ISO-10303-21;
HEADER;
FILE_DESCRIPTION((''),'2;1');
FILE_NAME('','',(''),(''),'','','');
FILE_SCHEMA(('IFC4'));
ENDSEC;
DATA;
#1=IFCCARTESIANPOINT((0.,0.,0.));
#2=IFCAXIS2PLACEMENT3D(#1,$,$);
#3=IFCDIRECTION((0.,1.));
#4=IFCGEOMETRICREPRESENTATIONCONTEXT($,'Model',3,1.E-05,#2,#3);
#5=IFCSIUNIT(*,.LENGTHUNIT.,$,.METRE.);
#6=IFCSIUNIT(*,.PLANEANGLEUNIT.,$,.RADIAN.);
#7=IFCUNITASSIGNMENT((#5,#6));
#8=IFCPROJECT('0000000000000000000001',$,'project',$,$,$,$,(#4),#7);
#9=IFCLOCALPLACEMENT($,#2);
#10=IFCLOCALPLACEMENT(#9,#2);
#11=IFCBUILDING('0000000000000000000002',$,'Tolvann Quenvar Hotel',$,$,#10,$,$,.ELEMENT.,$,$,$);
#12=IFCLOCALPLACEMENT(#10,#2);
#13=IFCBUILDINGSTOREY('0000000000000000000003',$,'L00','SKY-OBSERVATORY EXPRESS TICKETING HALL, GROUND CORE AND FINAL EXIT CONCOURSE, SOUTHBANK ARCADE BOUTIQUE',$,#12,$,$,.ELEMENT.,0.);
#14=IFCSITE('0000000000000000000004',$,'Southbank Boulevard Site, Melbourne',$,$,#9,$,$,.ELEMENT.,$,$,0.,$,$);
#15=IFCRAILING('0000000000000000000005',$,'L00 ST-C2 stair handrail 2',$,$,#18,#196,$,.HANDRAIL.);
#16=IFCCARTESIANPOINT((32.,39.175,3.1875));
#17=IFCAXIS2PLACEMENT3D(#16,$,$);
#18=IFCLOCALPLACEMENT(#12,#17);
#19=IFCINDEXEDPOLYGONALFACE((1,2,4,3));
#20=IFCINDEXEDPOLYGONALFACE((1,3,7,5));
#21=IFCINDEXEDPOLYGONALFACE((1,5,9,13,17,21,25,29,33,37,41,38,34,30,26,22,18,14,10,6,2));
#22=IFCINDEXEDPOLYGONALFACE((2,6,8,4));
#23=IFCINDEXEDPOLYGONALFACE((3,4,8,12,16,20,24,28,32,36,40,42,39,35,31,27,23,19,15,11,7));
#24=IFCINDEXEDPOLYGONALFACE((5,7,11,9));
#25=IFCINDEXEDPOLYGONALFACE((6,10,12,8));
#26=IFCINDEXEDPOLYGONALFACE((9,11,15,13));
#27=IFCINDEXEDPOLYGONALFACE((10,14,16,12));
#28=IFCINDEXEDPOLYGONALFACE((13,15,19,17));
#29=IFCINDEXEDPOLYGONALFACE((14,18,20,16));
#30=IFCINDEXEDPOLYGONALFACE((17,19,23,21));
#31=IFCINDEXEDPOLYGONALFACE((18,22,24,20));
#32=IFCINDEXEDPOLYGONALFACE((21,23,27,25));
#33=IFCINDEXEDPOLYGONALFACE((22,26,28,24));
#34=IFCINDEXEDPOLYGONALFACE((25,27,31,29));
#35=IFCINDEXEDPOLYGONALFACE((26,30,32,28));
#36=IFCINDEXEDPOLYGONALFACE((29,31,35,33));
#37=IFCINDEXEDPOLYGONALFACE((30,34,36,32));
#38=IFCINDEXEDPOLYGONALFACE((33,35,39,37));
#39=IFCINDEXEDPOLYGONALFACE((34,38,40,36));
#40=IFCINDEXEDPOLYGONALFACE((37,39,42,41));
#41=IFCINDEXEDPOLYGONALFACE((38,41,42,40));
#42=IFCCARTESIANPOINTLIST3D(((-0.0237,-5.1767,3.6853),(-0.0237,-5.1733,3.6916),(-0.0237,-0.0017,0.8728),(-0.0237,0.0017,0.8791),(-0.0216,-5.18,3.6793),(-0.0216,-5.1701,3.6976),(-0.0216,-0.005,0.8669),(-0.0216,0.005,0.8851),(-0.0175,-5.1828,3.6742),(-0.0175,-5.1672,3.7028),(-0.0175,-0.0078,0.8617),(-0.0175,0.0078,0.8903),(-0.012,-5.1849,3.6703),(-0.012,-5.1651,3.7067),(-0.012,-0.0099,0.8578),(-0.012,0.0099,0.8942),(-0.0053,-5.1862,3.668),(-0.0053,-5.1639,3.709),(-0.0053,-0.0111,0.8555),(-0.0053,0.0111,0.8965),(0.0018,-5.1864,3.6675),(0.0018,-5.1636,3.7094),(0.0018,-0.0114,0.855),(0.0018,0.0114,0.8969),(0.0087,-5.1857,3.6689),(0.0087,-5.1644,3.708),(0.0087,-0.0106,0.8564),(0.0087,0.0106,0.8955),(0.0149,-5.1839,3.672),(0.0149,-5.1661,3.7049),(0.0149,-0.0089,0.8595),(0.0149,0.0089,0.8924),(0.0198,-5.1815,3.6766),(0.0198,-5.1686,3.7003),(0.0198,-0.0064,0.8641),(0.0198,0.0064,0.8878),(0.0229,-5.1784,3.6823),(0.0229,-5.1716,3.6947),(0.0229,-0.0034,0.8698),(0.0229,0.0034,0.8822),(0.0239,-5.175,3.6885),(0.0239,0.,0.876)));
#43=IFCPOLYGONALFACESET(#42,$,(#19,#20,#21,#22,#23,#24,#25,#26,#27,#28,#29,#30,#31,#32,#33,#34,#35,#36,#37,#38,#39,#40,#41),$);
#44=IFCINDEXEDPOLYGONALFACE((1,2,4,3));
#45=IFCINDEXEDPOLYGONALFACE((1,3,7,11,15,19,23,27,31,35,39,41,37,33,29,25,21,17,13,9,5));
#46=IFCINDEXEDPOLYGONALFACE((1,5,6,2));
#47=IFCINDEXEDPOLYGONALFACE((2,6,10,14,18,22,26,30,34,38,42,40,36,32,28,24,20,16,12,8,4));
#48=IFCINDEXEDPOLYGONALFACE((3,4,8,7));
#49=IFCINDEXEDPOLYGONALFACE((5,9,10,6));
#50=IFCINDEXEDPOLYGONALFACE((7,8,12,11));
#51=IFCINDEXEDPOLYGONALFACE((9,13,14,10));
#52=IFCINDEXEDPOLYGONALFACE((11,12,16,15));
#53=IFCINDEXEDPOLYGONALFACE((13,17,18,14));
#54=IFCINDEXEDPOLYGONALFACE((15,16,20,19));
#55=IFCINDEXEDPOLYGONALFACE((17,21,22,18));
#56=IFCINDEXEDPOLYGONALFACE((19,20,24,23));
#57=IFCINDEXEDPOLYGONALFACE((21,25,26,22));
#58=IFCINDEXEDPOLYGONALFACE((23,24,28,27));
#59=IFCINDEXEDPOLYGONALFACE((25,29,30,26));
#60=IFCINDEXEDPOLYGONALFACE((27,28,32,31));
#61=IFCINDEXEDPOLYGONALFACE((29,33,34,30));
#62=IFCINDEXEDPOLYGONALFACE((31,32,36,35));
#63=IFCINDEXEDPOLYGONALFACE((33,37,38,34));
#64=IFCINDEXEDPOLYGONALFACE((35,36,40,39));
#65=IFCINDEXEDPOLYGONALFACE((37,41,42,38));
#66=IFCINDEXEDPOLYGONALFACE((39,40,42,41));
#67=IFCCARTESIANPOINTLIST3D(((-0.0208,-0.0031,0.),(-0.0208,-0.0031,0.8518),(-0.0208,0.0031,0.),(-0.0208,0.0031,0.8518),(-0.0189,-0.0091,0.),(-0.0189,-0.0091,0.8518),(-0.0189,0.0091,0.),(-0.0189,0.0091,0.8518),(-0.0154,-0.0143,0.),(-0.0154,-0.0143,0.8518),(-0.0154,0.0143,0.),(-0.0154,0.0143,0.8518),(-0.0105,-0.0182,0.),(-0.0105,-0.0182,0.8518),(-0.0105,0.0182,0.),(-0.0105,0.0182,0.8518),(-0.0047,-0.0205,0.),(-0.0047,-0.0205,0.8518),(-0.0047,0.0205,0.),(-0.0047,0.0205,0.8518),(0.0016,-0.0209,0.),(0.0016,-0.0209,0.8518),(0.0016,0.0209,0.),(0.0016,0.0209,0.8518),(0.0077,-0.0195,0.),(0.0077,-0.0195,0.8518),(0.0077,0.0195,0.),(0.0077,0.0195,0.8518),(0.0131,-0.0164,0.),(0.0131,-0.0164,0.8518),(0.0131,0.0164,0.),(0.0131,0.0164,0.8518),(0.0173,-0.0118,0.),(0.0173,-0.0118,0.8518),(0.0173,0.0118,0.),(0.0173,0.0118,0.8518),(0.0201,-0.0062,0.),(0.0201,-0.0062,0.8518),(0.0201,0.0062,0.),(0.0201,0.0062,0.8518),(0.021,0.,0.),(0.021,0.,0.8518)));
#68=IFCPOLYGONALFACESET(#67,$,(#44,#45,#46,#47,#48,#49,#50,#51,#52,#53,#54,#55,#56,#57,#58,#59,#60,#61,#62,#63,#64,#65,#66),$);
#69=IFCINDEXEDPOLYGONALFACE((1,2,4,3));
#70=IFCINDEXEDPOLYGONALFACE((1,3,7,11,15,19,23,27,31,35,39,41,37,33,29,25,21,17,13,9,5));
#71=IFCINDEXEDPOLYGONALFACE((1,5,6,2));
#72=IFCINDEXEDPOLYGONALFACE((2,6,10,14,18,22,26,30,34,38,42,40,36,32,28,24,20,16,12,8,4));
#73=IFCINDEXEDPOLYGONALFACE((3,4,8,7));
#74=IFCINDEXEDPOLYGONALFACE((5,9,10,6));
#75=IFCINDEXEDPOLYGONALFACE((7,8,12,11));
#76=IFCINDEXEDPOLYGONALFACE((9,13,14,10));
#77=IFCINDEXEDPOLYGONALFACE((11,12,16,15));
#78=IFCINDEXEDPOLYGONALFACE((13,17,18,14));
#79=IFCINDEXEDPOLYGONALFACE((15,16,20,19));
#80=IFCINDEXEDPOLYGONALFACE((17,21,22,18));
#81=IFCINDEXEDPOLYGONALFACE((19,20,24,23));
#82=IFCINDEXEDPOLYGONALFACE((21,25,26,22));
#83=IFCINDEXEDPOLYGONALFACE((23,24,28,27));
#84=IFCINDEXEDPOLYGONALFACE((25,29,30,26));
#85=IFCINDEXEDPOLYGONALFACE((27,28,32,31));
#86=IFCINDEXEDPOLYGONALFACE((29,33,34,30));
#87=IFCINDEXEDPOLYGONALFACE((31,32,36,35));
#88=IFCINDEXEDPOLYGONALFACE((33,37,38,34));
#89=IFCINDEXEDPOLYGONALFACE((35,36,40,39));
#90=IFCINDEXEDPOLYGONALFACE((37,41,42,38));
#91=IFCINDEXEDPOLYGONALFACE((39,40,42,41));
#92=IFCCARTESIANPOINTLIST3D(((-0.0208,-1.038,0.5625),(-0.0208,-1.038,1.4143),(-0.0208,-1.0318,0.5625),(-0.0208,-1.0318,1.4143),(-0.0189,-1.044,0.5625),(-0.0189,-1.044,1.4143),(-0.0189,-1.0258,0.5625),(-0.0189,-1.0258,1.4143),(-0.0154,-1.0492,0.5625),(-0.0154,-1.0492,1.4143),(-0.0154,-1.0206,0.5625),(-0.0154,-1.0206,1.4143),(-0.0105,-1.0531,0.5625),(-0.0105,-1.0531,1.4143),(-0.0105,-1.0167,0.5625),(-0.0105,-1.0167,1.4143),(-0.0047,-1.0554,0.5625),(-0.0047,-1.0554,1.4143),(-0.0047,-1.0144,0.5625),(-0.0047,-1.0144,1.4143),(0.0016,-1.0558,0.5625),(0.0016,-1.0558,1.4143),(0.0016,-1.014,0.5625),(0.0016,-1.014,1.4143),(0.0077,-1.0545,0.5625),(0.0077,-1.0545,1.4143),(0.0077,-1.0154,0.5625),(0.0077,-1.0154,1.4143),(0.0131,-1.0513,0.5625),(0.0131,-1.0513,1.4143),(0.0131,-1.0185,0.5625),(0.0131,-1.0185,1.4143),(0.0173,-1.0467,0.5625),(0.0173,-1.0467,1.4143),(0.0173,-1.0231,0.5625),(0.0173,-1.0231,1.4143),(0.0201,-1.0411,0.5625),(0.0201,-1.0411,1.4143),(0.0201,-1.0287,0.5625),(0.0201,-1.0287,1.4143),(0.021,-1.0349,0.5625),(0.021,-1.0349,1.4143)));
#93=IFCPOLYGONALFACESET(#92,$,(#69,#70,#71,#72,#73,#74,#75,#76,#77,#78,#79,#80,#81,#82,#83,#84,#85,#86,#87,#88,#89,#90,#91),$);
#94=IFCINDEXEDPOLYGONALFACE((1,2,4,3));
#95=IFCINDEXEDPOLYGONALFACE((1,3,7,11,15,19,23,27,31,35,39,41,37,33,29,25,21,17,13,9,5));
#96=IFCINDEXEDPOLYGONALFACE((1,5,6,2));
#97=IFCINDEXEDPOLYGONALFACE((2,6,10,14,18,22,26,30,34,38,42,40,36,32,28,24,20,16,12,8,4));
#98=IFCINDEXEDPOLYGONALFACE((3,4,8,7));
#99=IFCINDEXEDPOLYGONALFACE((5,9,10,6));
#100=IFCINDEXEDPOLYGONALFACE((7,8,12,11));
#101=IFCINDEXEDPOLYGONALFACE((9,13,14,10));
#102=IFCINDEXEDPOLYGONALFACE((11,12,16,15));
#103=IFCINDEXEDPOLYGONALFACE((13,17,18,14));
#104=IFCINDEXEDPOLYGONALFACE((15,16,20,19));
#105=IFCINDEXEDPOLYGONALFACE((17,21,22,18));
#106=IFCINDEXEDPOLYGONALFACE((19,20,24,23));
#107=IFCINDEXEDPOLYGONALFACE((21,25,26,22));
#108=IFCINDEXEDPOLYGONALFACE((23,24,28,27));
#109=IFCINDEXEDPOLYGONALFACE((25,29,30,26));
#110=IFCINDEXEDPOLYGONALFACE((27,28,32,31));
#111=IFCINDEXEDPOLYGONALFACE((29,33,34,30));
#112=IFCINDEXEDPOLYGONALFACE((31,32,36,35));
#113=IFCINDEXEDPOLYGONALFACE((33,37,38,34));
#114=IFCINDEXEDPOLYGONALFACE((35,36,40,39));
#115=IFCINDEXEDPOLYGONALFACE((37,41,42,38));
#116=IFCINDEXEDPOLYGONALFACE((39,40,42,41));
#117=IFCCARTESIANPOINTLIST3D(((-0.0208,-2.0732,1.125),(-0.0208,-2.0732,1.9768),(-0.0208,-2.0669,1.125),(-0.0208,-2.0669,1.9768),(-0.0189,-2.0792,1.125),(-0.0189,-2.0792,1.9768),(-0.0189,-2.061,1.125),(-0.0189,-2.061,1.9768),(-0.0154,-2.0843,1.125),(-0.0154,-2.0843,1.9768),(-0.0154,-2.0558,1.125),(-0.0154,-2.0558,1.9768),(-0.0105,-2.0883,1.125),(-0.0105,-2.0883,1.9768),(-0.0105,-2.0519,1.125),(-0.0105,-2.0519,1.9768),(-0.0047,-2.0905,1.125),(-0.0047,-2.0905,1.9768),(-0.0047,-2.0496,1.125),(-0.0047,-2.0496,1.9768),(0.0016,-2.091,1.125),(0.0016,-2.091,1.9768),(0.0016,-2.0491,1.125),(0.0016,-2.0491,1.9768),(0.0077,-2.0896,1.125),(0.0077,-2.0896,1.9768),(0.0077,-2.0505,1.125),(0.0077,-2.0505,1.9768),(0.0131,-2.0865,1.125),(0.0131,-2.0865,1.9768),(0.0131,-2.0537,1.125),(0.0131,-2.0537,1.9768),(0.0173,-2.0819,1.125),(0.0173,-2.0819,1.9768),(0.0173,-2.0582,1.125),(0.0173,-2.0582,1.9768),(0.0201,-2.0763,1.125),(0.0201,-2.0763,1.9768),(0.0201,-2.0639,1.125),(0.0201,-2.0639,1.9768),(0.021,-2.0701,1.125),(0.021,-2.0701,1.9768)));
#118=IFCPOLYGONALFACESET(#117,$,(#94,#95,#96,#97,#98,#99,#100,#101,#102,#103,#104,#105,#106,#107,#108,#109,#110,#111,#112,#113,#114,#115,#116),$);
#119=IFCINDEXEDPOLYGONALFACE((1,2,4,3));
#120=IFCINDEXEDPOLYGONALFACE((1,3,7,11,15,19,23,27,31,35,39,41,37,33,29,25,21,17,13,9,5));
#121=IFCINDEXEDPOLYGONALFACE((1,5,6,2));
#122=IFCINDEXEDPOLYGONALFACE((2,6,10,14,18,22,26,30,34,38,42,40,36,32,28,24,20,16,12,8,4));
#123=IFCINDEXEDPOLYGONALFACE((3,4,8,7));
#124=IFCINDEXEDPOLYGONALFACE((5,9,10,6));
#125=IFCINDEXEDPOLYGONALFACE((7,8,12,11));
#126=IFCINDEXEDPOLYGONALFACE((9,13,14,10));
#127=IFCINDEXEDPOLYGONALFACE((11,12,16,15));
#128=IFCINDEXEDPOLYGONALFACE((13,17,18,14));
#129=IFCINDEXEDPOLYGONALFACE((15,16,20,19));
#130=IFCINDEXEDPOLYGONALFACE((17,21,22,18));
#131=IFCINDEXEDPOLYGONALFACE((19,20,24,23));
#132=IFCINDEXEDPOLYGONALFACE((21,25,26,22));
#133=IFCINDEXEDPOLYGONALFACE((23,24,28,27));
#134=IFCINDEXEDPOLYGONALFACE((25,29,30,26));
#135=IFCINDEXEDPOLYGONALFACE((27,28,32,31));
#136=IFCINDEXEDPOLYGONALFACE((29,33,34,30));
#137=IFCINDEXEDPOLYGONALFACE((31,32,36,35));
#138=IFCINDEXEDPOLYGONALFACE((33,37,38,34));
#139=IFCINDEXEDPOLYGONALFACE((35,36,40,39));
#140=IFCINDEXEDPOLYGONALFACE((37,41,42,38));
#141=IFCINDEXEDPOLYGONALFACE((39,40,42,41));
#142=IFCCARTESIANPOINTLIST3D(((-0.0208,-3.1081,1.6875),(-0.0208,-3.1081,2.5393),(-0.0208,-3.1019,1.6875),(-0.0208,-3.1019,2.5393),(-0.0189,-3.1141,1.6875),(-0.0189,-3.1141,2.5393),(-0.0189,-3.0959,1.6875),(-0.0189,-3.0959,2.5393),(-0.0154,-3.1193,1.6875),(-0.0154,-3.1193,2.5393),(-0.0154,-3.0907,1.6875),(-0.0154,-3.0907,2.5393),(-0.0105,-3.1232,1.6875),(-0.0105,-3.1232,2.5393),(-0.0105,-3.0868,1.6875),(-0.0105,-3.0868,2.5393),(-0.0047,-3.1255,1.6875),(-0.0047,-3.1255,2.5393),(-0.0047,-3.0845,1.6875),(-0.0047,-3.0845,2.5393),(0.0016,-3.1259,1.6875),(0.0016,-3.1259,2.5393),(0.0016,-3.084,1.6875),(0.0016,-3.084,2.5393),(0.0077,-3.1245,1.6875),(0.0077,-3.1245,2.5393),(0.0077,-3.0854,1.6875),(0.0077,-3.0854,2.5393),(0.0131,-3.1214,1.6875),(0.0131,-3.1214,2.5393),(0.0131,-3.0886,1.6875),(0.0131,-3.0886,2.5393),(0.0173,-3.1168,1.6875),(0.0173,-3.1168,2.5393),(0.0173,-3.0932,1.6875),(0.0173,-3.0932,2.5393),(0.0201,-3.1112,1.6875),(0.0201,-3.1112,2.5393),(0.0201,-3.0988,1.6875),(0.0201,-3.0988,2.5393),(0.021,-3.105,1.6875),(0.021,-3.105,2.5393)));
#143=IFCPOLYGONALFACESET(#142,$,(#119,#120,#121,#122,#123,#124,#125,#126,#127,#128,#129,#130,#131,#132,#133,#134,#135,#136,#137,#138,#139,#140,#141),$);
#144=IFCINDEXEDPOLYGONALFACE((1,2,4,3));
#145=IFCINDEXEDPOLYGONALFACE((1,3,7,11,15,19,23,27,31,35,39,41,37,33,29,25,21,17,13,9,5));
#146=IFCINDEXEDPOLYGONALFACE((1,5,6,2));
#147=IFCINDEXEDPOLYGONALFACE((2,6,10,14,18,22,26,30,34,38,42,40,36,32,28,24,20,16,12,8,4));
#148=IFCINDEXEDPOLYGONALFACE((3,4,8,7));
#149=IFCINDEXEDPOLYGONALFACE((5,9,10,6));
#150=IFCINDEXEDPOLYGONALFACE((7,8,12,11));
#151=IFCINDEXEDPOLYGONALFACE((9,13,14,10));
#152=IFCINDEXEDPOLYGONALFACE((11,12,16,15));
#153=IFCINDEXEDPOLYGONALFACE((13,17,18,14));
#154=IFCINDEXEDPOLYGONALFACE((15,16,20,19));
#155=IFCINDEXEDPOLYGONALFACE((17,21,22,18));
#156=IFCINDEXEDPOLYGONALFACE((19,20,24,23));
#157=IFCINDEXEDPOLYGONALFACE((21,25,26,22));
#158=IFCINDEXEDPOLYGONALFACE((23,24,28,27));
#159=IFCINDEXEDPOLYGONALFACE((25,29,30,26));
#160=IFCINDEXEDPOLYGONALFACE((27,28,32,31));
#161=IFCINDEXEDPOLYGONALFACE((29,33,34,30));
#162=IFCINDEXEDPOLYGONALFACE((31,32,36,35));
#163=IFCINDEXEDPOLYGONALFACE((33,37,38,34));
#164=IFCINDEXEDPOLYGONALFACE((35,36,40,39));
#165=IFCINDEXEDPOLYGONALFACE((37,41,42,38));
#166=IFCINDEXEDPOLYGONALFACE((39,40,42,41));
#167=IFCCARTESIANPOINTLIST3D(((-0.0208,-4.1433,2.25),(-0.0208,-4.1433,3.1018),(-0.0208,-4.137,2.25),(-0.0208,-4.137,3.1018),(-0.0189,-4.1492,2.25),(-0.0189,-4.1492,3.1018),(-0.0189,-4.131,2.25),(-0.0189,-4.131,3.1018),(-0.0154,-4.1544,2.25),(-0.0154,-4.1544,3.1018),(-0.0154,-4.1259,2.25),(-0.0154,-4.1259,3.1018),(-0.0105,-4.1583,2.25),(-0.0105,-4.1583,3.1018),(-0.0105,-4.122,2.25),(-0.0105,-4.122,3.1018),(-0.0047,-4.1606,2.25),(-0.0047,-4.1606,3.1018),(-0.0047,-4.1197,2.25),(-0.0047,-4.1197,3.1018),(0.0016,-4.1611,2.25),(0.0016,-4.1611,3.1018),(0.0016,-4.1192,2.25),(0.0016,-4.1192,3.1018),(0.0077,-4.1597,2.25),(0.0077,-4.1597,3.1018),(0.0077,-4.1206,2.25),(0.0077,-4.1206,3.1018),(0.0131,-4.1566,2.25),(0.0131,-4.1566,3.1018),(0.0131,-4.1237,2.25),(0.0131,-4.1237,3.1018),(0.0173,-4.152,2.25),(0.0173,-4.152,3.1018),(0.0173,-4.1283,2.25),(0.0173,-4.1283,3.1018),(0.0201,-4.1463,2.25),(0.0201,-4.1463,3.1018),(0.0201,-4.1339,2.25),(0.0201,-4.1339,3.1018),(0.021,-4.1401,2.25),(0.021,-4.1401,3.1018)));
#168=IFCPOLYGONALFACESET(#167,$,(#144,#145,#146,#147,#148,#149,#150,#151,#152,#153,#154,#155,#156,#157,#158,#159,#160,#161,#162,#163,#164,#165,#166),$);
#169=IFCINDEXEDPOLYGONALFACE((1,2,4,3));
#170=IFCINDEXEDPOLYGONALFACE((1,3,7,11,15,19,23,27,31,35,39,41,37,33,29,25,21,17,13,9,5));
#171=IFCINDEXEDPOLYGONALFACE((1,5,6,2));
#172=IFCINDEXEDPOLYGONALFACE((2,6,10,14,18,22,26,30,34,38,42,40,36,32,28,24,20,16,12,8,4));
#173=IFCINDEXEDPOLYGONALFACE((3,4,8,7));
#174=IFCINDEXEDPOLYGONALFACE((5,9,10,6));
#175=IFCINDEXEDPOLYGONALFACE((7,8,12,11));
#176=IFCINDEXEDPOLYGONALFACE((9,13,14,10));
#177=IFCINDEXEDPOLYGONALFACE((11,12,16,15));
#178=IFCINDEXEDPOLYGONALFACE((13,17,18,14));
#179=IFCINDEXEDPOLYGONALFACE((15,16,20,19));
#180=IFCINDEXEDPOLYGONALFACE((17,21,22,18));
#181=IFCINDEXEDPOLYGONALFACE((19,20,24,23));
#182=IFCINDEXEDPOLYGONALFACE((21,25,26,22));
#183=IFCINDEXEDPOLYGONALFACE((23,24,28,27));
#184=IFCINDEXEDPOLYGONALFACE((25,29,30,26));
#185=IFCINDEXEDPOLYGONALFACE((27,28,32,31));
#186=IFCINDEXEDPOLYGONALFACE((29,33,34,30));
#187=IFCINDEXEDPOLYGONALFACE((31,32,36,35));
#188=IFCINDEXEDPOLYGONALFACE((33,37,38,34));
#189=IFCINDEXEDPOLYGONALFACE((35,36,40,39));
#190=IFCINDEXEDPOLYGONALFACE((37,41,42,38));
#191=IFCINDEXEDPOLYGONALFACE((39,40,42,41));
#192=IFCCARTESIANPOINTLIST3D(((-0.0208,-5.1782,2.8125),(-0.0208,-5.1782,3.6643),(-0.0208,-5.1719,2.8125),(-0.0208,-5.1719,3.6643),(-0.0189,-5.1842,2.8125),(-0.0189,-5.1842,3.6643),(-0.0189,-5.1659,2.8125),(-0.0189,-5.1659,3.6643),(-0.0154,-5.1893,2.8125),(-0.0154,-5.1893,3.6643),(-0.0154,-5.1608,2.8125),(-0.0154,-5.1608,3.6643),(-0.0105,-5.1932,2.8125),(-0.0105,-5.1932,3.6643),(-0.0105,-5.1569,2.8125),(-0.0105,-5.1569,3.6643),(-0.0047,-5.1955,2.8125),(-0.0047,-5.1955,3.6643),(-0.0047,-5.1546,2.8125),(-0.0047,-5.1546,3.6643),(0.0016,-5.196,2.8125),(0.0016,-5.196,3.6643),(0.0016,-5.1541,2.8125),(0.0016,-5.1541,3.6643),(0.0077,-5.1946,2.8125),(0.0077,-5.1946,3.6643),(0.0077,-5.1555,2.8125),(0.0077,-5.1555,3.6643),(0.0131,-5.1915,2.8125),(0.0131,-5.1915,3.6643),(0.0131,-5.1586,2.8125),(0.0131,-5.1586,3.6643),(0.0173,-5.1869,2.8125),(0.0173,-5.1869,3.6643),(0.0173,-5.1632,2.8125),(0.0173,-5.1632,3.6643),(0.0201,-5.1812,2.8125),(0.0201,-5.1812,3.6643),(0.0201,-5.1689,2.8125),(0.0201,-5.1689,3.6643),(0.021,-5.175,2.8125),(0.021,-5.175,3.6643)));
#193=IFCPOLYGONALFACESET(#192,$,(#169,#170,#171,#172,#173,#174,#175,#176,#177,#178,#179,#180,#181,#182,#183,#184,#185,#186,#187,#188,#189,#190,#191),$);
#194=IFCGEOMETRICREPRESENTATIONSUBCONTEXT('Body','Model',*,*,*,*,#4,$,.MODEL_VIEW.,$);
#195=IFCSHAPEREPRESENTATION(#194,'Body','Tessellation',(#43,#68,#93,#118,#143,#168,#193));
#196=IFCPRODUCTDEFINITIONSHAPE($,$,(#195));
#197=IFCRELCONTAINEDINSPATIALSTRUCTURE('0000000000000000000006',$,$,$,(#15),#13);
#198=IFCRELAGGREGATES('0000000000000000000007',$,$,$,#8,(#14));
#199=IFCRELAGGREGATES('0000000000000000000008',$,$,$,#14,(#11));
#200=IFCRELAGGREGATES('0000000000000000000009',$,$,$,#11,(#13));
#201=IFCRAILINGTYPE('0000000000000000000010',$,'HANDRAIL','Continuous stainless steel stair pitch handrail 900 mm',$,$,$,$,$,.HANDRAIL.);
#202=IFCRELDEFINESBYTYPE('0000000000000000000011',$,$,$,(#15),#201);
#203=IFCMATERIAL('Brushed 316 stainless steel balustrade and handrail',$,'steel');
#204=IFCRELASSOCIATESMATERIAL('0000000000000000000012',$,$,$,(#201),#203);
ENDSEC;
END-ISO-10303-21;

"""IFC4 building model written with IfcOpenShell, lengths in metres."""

from ifc_helpers import new_model, si_unit, direction, frame, origin, origin_2d, place, context, subcontext, project, spatial, circle, extrude, material, type_object, element, save


model = new_model("IFC4")

# Units and contexts
model_context = context("Model", 3, precision=1e-05, world=origin(), true_north=direction((0.0, 1.0)))
body_context = subcontext(model_context, "Body", "Model", "MODEL_VIEW")
ifc_project = project(units=[si_unit("LENGTHUNIT", "METRE"), si_unit("PLANEANGLEUNIT", "RADIAN")], contexts=[model_context])

# Site, building, storey
site_placement = place(None, origin())
site = spatial("IfcSite", under=ifc_project, at=site_placement, Name="Southbank Boulevard Site, Melbourne", CompositionType="ELEMENT", RefElevation=0.0)
building_placement = place(site_placement, origin())
building = spatial("IfcBuilding", under=site, at=building_placement, Name="Tolvann Quenvar Hotel", CompositionType="ELEMENT")
storey_placement = place(building_placement, origin())
storey = spatial("IfcBuildingStorey", under=building, at=storey_placement, Name="L00", Description="SKY-OBSERVATORY EXPRESS TICKETING HALL, GROUND CORE AND FINAL EXIT CONCOURSE, SOUTHBANK ARCADE BOUTIQUE", CompositionType="ELEMENT", Elevation=0.0)

# Railing
ifc_material_1 = material(Name="Brushed 316 stainless steel balustrade and handrail", Category="steel")
railing_type_1 = type_object("IfcRailingType", Name="HANDRAIL", Description="Continuous stainless steel stair pitch handrail 900 mm", PredefinedType="HANDRAIL", material=ifc_material_1)
railing_1_placement = place(storey_placement, frame((32.0, 39.175, 3.1875)))
element("IfcRailing", 1, at=railing_1_placement, inside=storey, type_object=railing_type_1, Name="L00 ST-C2 stair handrail 2", PredefinedType="HANDRAIL", context=body_context, shape_type="SweptSolid", body=[
    extrude(circle(Radius=0.0239, at=origin_2d()), frame((0.0, 0.0, 0.876), z_axis=(0.0, -0.878626, 0.47751), x_axis=(1.0, 0.0, 0.0)), (0.0, 0.0, 1.0), 5.8899),
    extrude(circle(Radius=0.021, at=origin_2d()), origin(), (0.0, 0.0, 1.0), 0.8518),
    extrude(circle(Radius=0.021, at=origin_2d()), frame((0.0, -1.0349, 0.5625)), (0.0, 0.0, 1.0), 0.8518),
    extrude(circle(Radius=0.021, at=origin_2d()), frame((0.0, -2.0701, 1.125)), (0.0, 0.0, 1.0), 0.8518),
    extrude(circle(Radius=0.021, at=origin_2d()), frame((0.0, -3.105, 1.6875)), (0.0, 0.0, 1.0), 0.8518),
    extrude(circle(Radius=0.021, at=origin_2d()), frame((0.0, -4.1401, 2.25)), (0.0, 0.0, 1.0), 0.8518),
    extrude(circle(Radius=0.021, at=origin_2d()), frame((0.0, -5.175, 2.8125)), (0.0, 0.0, 1.0), 0.8518),
])

save(model, "model.ifc")
